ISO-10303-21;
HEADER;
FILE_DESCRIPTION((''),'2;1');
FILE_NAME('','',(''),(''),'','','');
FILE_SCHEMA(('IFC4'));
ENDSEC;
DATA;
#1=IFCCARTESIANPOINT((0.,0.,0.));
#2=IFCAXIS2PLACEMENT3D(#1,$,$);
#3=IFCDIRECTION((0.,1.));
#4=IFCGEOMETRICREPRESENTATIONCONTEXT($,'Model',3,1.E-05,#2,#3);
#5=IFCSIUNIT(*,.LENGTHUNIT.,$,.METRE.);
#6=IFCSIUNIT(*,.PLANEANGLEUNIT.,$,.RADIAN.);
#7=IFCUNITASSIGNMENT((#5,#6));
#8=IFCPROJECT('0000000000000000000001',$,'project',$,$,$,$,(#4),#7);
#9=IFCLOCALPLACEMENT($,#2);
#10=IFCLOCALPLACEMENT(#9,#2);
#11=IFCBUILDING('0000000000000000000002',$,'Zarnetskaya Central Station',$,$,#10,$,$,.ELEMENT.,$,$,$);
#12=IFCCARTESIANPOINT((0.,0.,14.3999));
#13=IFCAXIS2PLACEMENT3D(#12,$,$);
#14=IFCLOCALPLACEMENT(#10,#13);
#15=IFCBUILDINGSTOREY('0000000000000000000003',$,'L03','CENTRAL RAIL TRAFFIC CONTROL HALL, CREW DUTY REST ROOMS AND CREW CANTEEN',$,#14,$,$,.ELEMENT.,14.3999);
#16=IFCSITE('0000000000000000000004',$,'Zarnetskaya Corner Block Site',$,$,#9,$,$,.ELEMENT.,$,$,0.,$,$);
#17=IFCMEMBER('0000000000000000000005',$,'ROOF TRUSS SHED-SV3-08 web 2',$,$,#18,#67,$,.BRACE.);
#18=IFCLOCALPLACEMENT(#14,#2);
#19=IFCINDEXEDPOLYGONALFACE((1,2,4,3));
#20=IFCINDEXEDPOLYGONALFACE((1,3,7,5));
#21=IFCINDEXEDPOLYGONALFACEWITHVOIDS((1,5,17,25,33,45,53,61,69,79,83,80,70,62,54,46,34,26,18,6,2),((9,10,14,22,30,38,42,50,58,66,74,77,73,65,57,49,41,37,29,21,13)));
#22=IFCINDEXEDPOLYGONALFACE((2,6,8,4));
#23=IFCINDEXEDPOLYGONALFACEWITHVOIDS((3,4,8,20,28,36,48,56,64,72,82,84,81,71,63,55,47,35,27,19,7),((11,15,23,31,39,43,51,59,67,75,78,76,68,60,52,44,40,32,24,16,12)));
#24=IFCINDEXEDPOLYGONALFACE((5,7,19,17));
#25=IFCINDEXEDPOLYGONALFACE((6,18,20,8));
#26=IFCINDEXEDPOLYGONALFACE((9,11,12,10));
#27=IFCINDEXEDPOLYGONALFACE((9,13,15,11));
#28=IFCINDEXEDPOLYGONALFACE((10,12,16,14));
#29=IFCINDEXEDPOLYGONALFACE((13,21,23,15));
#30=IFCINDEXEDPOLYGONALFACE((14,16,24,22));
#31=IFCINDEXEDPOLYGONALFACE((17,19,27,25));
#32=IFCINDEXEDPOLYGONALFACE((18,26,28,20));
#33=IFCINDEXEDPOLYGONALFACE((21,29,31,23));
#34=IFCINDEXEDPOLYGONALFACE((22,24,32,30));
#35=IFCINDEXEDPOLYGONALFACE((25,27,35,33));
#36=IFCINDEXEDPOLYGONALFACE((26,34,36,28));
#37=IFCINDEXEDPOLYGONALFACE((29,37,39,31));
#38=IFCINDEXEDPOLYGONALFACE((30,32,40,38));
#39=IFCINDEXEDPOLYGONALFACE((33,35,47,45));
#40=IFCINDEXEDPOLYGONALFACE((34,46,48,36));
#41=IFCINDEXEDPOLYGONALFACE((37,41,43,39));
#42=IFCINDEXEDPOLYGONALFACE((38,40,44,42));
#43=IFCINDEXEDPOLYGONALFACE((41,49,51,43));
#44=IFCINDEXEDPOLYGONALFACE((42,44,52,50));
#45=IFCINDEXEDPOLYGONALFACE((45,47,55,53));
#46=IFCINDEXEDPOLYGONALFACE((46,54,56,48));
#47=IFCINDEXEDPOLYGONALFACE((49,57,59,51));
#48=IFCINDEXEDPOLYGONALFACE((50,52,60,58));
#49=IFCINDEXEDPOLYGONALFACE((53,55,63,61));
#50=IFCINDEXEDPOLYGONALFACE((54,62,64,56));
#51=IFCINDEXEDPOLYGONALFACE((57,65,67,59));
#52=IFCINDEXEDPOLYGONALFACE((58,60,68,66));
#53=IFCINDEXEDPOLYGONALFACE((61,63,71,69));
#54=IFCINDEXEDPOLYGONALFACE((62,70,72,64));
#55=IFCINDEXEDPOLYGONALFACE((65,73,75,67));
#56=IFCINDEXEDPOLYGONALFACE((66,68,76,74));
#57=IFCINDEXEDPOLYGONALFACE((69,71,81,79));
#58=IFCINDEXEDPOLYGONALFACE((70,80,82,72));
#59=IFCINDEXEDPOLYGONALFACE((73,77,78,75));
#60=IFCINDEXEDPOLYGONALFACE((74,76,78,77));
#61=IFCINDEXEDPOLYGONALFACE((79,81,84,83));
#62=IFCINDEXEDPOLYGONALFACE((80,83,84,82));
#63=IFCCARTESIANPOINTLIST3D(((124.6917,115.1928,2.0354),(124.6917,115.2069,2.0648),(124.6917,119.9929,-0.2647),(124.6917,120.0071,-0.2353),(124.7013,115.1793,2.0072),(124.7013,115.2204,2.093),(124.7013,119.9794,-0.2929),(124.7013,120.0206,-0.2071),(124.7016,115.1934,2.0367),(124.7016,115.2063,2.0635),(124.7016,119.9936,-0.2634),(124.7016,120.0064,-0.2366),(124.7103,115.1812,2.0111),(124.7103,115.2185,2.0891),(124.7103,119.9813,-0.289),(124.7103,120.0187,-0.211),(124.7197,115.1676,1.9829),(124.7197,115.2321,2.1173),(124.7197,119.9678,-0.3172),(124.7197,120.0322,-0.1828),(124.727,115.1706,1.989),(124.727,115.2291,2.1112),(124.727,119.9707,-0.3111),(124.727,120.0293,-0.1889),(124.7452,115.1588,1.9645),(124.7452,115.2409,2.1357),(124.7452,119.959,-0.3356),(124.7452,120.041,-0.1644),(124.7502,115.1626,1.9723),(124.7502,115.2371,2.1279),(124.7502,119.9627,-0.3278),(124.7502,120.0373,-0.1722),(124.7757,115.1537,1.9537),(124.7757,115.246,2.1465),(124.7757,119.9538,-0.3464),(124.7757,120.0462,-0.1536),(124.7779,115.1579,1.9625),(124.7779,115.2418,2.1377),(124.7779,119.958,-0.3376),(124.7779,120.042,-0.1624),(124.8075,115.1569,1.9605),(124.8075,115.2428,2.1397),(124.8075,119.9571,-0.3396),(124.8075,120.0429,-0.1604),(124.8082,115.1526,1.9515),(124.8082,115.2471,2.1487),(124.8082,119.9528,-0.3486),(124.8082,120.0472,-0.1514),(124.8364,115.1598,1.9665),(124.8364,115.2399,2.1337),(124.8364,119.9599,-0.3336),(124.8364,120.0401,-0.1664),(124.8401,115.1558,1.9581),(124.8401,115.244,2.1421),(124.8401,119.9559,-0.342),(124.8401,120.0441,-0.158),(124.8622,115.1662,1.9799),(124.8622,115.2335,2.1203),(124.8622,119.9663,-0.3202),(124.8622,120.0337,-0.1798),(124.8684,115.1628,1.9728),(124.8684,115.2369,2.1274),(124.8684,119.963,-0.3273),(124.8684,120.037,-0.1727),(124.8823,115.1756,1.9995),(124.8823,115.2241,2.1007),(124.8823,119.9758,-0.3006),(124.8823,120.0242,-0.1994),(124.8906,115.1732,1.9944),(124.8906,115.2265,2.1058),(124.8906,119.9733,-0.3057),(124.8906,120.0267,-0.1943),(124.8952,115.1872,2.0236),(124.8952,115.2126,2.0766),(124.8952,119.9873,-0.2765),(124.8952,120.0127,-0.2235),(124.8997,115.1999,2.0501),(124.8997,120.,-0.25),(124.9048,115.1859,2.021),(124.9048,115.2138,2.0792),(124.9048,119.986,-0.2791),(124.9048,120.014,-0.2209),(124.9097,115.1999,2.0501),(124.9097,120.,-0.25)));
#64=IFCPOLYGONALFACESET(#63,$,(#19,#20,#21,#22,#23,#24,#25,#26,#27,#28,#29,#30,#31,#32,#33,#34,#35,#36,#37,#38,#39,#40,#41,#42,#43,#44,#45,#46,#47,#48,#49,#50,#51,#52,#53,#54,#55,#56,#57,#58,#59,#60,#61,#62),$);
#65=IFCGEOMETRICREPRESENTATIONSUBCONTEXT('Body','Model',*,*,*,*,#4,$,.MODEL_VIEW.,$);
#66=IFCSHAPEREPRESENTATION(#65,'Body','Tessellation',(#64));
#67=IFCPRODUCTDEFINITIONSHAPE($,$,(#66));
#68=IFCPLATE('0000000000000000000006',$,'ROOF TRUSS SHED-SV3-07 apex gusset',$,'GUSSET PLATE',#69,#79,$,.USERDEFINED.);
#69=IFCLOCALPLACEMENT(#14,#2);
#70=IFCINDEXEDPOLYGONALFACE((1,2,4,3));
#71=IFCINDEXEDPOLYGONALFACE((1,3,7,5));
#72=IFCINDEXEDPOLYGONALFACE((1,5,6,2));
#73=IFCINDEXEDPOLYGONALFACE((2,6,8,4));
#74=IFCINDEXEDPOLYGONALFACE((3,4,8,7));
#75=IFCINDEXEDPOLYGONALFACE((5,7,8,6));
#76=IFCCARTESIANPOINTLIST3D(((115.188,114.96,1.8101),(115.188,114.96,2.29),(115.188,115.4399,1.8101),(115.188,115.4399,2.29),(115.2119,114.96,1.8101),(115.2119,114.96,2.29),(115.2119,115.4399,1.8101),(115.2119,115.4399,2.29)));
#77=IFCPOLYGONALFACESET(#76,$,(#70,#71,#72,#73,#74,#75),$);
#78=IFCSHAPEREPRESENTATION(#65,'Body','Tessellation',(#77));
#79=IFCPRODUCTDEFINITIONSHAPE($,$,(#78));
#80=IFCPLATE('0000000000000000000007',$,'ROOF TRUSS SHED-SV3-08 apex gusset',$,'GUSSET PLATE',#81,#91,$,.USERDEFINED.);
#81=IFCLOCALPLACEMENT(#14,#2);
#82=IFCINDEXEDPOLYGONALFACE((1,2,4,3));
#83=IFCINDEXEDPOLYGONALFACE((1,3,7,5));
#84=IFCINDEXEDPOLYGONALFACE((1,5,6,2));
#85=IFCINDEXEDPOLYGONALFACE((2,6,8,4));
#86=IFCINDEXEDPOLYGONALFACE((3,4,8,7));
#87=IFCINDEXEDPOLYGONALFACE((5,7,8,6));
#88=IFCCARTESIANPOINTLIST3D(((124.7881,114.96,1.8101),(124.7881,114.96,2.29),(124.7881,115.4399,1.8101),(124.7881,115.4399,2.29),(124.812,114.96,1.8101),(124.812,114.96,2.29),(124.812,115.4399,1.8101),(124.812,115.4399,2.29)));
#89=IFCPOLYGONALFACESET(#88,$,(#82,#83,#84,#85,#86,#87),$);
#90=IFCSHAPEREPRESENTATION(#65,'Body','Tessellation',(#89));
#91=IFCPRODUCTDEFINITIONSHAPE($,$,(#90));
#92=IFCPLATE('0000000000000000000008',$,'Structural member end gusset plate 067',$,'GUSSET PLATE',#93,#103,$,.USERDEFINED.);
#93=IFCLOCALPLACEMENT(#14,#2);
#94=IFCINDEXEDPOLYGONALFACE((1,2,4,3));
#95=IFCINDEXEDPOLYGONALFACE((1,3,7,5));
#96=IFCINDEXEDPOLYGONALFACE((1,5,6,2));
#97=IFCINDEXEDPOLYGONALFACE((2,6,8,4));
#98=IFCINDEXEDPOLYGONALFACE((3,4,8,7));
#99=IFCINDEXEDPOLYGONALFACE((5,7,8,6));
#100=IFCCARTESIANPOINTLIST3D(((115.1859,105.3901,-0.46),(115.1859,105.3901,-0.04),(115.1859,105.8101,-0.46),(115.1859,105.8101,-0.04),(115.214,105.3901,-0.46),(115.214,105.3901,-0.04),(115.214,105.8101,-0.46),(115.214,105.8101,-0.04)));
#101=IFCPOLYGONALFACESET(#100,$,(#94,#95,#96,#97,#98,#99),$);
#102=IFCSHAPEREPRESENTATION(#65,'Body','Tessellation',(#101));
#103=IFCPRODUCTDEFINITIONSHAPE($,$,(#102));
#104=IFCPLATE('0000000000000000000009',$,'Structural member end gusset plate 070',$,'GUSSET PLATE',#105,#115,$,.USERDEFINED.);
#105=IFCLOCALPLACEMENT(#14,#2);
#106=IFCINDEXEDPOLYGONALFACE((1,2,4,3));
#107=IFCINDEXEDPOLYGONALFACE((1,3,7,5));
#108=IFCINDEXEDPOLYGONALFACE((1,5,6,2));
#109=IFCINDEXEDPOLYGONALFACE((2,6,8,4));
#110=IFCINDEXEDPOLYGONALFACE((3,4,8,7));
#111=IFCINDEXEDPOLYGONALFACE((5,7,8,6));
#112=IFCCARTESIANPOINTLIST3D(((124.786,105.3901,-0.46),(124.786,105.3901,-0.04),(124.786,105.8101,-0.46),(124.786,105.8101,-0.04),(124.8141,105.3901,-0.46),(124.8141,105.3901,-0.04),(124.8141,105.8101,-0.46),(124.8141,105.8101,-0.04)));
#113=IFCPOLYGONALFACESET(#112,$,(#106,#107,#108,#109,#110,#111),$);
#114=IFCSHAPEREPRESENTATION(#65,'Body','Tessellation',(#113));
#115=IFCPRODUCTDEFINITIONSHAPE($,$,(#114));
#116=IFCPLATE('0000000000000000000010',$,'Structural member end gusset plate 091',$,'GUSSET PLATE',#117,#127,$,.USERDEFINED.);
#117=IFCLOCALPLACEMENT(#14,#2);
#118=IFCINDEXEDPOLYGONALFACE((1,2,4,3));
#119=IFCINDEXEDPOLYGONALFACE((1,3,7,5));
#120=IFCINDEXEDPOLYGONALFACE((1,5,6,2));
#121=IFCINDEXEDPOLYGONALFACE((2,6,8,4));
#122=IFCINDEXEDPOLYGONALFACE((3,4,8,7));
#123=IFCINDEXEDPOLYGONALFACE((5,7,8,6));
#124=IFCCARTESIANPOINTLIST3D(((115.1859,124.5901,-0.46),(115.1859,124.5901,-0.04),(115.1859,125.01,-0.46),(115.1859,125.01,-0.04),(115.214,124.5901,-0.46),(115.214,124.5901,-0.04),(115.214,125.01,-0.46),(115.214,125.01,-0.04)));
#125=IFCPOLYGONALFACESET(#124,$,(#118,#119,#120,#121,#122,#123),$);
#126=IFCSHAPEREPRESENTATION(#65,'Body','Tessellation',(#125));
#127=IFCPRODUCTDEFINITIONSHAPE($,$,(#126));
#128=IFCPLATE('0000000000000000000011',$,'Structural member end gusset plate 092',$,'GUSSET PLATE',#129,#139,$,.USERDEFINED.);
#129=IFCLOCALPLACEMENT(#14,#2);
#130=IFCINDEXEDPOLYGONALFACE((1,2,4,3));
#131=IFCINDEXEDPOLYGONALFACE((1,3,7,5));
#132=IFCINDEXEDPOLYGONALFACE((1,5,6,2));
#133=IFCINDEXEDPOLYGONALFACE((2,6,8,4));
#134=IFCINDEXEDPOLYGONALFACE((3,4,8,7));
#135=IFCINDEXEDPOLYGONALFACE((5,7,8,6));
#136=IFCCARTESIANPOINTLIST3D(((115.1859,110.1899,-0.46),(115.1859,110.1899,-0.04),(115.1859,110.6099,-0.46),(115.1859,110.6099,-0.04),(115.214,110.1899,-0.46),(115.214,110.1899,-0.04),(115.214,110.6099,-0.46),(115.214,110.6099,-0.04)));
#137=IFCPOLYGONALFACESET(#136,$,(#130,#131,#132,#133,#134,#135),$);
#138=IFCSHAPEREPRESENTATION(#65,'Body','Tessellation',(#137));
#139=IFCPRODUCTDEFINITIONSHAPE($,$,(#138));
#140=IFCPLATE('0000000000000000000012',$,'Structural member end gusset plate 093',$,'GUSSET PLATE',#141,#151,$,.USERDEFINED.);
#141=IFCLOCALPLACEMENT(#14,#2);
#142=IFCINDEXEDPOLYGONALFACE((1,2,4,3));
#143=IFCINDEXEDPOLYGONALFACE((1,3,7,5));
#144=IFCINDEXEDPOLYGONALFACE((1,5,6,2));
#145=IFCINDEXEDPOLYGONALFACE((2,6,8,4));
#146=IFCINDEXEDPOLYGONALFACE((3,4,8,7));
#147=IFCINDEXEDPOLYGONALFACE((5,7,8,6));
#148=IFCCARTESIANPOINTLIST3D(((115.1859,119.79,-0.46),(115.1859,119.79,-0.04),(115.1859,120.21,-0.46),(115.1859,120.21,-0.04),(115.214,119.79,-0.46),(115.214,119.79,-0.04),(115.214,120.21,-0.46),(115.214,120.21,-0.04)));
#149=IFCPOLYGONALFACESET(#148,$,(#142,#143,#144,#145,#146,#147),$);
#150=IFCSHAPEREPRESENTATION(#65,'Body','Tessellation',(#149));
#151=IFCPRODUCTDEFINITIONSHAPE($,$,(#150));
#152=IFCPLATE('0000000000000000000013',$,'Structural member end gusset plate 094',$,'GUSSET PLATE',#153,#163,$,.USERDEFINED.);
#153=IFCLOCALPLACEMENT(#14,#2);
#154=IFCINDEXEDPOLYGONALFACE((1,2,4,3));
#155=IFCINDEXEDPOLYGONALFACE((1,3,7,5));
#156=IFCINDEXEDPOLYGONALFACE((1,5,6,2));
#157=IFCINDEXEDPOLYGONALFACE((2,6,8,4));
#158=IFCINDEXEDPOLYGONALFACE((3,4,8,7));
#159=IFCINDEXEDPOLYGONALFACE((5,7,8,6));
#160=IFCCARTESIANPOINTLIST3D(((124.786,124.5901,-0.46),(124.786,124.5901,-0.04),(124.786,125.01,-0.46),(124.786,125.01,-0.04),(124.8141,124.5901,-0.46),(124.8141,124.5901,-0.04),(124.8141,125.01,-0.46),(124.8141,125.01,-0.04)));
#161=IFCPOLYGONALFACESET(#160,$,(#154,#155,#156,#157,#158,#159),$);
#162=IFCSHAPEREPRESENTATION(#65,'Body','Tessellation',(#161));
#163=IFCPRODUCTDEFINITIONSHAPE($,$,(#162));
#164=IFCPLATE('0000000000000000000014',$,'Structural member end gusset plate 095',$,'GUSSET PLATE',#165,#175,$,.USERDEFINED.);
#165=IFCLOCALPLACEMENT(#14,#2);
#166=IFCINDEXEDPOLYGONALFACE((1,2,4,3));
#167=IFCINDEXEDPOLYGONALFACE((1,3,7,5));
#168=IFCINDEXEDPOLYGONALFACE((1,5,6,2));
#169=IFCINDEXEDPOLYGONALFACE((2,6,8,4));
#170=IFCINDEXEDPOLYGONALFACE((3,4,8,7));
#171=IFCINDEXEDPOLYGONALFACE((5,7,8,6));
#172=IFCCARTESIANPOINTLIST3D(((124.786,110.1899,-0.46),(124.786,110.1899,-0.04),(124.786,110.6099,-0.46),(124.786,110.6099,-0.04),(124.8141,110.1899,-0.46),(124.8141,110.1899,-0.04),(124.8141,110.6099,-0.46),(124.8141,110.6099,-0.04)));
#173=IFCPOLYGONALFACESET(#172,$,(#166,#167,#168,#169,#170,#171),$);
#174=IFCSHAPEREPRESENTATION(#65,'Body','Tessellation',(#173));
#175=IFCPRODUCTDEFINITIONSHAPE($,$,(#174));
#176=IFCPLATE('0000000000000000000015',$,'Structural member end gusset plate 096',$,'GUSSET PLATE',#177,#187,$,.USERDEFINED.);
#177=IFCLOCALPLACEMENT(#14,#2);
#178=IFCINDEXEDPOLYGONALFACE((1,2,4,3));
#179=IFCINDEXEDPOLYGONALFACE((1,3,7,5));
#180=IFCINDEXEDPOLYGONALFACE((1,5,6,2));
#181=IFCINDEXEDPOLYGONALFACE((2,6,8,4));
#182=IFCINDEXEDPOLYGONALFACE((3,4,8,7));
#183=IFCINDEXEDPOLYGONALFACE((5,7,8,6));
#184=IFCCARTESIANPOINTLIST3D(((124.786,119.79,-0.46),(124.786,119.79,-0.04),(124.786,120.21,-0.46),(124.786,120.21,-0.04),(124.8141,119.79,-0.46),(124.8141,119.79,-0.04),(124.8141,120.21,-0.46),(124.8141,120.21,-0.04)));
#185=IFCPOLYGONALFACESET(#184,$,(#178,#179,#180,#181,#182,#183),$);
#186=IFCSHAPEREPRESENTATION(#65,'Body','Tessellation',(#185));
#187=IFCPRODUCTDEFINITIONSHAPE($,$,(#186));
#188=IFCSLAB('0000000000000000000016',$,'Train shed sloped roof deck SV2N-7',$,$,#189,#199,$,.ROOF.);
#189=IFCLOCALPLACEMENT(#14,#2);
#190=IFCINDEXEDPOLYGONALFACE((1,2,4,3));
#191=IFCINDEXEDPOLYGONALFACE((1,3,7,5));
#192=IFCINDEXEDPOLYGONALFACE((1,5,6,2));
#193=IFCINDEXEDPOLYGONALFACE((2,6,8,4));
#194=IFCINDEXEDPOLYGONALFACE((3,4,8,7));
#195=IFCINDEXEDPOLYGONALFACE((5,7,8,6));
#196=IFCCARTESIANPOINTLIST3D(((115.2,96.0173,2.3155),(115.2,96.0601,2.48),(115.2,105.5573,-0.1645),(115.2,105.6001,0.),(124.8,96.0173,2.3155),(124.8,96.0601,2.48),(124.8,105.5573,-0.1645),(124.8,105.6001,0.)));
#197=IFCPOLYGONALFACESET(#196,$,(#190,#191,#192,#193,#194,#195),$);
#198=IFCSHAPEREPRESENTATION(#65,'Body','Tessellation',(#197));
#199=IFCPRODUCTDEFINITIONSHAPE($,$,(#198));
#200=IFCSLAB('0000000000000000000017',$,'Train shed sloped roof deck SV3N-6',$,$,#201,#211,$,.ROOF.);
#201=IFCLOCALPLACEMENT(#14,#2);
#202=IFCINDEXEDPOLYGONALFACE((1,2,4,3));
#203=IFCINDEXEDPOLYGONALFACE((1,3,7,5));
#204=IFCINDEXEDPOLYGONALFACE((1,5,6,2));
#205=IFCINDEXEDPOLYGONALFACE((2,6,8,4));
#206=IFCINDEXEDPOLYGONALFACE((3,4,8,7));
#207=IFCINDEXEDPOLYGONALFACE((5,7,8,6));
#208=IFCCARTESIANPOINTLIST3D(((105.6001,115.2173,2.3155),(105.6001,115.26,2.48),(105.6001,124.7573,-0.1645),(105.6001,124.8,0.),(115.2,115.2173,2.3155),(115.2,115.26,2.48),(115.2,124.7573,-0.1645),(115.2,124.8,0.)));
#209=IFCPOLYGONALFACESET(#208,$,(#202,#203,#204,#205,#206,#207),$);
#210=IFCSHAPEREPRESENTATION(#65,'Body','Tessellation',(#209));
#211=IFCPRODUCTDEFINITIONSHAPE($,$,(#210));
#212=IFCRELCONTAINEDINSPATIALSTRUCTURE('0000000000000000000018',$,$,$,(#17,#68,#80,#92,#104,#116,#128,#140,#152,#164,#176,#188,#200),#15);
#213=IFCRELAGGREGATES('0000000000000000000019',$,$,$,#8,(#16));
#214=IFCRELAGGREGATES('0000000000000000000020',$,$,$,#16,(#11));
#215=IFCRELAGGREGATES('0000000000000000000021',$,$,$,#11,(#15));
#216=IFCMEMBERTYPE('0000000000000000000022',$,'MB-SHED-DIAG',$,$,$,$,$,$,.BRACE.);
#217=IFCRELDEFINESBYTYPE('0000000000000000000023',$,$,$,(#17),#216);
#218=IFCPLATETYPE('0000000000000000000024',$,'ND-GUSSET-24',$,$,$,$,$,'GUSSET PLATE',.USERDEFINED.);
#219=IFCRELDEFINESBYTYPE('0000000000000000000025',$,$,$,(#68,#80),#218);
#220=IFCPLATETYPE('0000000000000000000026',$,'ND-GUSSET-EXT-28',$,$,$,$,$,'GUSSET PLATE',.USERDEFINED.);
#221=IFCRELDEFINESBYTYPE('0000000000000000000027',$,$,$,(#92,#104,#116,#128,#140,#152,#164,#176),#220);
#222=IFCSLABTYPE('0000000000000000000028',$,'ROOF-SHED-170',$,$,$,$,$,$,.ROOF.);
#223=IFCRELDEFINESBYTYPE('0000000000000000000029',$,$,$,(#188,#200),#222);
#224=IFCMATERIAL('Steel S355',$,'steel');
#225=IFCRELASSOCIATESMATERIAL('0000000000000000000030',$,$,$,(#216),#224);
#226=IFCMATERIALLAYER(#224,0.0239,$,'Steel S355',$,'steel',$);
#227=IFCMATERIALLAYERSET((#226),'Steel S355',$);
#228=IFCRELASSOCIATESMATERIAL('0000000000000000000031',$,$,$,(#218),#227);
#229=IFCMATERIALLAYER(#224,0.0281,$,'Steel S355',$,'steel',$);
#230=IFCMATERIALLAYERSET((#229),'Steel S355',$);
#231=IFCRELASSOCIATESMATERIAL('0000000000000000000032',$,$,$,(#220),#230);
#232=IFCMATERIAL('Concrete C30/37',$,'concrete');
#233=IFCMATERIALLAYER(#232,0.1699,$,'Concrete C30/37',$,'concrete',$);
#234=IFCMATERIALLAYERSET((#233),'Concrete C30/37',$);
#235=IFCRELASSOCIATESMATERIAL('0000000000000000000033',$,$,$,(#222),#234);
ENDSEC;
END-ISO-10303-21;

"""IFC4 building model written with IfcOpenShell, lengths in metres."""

from ifc_helpers import new_model, si_unit, direction, frame, origin, origin_2d, place, context, subcontext, project, spatial, polyline, rectangle, hollow_circle, outline, extrude, material, layer, layer_set, material_profile, profile_set, type_object, element, save


model = new_model("IFC4")

# Units and contexts
model_context = context("Model", 3, precision=1e-05, world=origin(), true_north=direction((0.0, 1.0)))
body_context = subcontext(model_context, "Body", "Model", "MODEL_VIEW")
ifc_project = project(units=[si_unit("LENGTHUNIT", "METRE"), si_unit("PLANEANGLEUNIT", "RADIAN")], contexts=[model_context])

# Site, building, storey
site_placement = place(None, origin())
site = spatial("IfcSite", under=ifc_project, at=site_placement, Name="Zarnetskaya Corner Block Site", CompositionType="ELEMENT", RefElevation=0.0)
building_placement = place(site_placement, origin())
building = spatial("IfcBuilding", under=site, at=building_placement, Name="Zarnetskaya Central Station", CompositionType="ELEMENT")
storey_placement = place(building_placement, frame((0.0, 0.0, 14.3999)))
storey = spatial("IfcBuildingStorey", under=building, at=storey_placement, Name="L03", Description="CENTRAL RAIL TRAFFIC CONTROL HALL, CREW DUTY REST ROOMS AND CREW CANTEEN", CompositionType="ELEMENT", Elevation=14.3999)

# Shared definitions
ifc_material_1 = material(Name="Steel S355", Category="steel")

# Member
ifc_material_profile_1 = material_profile(ifc_material_1, hollow_circle(Radius=0.1096, WallThickness=0.01, at=origin_2d()), Name="CHS 219.1x10")
ifc_profile_set_1 = profile_set([ifc_material_profile_1], Name="Steel S355")
member_type_1 = type_object("IfcMemberType", Name="MB-SHED-DIAG", PredefinedType="BRACE", material=ifc_profile_set_1)
for number, where, z_axis, x_axis, name in (
    (1, (124.8, 120.0, -0.25), (0.0, -0.901814, 0.432124), (1.0, 0.0, 0.0), "ROOF TRUSS SHED-SV3-08 web 2"),
):
    element("IfcMember", number, at=place(storey_placement, frame(where, z_axis=z_axis, x_axis=x_axis)), inside=storey, type_object=member_type_1, Name=name, PredefinedType="BRACE", context=body_context, shape_type="SweptSolid", body=[
        extrude(hollow_circle(Radius=0.1096, WallThickness=0.01, at=origin_2d()), origin(), (0.0, 0.0, 1.0), 5.3228),
    ])

# Plates
ifc_layer_1 = layer(ifc_material_1, 0.0239, Name="Steel S355", Category="steel")
ifc_layer_set_1 = layer_set([ifc_layer_1], Name="Steel S355")
plate_type_1 = type_object("IfcPlateType", Name="ND-GUSSET-24", ElementType="GUSSET PLATE", PredefinedType="USERDEFINED", material=ifc_layer_set_1)
for number, where, z_axis, x_axis, name in (
    (2, (115.2, 115.2, 1.8101), (0.0, 0.0, 1.0), (1.0, 0.0, 0.0), "ROOF TRUSS SHED-SV3-07 apex gusset"),
    (3, (124.8, 115.2, 1.8101), (0.0, 0.0, 1.0), (1.0, 0.0, 0.0), "ROOF TRUSS SHED-SV3-08 apex gusset"),
):
    element("IfcPlate", number, at=place(storey_placement, frame(where, z_axis=z_axis, x_axis=x_axis)), inside=storey, type_object=plate_type_1, Name=name, ObjectType="GUSSET PLATE", PredefinedType="USERDEFINED", context=body_context, shape_type="SweptSolid", body=[
        extrude(rectangle(XDim=0.0239, YDim=0.48, at=origin_2d()), origin(), (0.0, 0.0, 1.0), 0.48),
    ])
ifc_layer_2 = layer(ifc_material_1, 0.0281, Name="Steel S355", Category="steel")
ifc_layer_set_2 = layer_set([ifc_layer_2], Name="Steel S355")
plate_type_2 = type_object("IfcPlateType", Name="ND-GUSSET-EXT-28", ElementType="GUSSET PLATE", PredefinedType="USERDEFINED", material=ifc_layer_set_2)
for number, where, z_axis, x_axis, name in (
    (4, (115.2, 105.6001, -0.46), (0.0, 0.0, 1.0), (1.0, 0.0, 0.0), "Structural member end gusset plate 067"),
    (5, (124.8, 105.6001, -0.46), (0.0, 0.0, 1.0), (1.0, 0.0, 0.0), "Structural member end gusset plate 070"),
    (6, (115.2, 124.8, -0.46), (0.0, 0.0, 1.0), (1.0, 0.0, 0.0), "Structural member end gusset plate 091"),
    (7, (115.2, 110.3999, -0.46), (0.0, 0.0, 1.0), (1.0, 0.0, 0.0), "Structural member end gusset plate 092"),
    (8, (115.2, 120.0, -0.46), (0.0, 0.0, 1.0), (1.0, 0.0, 0.0), "Structural member end gusset plate 093"),
    (9, (124.8, 124.8, -0.46), (0.0, 0.0, 1.0), (1.0, 0.0, 0.0), "Structural member end gusset plate 094"),
    (10, (124.8, 110.3999, -0.46), (0.0, 0.0, 1.0), (1.0, 0.0, 0.0), "Structural member end gusset plate 095"),
    (11, (124.8, 120.0, -0.46), (0.0, 0.0, 1.0), (1.0, 0.0, 0.0), "Structural member end gusset plate 096"),
):
    element("IfcPlate", number, at=place(storey_placement, frame(where, z_axis=z_axis, x_axis=x_axis)), inside=storey, type_object=plate_type_2, Name=name, ObjectType="GUSSET PLATE", PredefinedType="USERDEFINED", context=body_context, shape_type="SweptSolid", body=[
        extrude(rectangle(XDim=0.0281, YDim=0.4199, at=origin_2d()), origin(), (0.0, 0.0, 1.0), 0.4199),
    ])

# Slabs
ifc_material_2 = material(Name="Concrete C30/37", Category="concrete")
ifc_layer_3 = layer(ifc_material_2, 0.1699, Name="Concrete C30/37", Category="concrete")
ifc_layer_set_3 = layer_set([ifc_layer_3], Name="Concrete C30/37")
slab_type = type_object("IfcSlabType", Name="ROOF-SHED-170", PredefinedType="ROOF", material=ifc_layer_set_3)
slab_1_placement = place(storey_placement, frame((124.8, 105.6001, 0.0), z_axis=(0.0, 0.251593, 0.967833), x_axis=(-1.0, 0.0, 0.0)))
element("IfcSlab", 12, at=slab_1_placement, inside=storey, type_object=slab_type, Name="Train shed sloped roof deck SV2N-7", PredefinedType="ROOF", context=body_context, shape_type="SweptSolid", body=[
    extrude(outline(polyline([(0.0, 0.0), (9.6001, 0.0), (9.6001, 9.8571), (0.0, 9.8571), (0.0, 0.0)])), origin(), (0.0, 0.0, -1.0), 0.1699),
])
slab_2_placement = place(storey_placement, frame((115.2, 124.8, 0.0), z_axis=(0.0, 0.251593, 0.967833), x_axis=(-1.0, 0.0, 0.0)))
element("IfcSlab", 13, at=slab_2_placement, inside=storey, type_object=slab_type, Name="Train shed sloped roof deck SV3N-6", PredefinedType="ROOF", context=body_context, shape_type="SweptSolid", body=[
    extrude(outline(polyline([(0.0, 0.0), (9.5999, 0.0), (9.5999, 9.8571), (0.0, 9.8571), (0.0, 0.0)])), origin(), (0.0, 0.0, -1.0), 0.1699),
])

save(model, "model.ifc")
